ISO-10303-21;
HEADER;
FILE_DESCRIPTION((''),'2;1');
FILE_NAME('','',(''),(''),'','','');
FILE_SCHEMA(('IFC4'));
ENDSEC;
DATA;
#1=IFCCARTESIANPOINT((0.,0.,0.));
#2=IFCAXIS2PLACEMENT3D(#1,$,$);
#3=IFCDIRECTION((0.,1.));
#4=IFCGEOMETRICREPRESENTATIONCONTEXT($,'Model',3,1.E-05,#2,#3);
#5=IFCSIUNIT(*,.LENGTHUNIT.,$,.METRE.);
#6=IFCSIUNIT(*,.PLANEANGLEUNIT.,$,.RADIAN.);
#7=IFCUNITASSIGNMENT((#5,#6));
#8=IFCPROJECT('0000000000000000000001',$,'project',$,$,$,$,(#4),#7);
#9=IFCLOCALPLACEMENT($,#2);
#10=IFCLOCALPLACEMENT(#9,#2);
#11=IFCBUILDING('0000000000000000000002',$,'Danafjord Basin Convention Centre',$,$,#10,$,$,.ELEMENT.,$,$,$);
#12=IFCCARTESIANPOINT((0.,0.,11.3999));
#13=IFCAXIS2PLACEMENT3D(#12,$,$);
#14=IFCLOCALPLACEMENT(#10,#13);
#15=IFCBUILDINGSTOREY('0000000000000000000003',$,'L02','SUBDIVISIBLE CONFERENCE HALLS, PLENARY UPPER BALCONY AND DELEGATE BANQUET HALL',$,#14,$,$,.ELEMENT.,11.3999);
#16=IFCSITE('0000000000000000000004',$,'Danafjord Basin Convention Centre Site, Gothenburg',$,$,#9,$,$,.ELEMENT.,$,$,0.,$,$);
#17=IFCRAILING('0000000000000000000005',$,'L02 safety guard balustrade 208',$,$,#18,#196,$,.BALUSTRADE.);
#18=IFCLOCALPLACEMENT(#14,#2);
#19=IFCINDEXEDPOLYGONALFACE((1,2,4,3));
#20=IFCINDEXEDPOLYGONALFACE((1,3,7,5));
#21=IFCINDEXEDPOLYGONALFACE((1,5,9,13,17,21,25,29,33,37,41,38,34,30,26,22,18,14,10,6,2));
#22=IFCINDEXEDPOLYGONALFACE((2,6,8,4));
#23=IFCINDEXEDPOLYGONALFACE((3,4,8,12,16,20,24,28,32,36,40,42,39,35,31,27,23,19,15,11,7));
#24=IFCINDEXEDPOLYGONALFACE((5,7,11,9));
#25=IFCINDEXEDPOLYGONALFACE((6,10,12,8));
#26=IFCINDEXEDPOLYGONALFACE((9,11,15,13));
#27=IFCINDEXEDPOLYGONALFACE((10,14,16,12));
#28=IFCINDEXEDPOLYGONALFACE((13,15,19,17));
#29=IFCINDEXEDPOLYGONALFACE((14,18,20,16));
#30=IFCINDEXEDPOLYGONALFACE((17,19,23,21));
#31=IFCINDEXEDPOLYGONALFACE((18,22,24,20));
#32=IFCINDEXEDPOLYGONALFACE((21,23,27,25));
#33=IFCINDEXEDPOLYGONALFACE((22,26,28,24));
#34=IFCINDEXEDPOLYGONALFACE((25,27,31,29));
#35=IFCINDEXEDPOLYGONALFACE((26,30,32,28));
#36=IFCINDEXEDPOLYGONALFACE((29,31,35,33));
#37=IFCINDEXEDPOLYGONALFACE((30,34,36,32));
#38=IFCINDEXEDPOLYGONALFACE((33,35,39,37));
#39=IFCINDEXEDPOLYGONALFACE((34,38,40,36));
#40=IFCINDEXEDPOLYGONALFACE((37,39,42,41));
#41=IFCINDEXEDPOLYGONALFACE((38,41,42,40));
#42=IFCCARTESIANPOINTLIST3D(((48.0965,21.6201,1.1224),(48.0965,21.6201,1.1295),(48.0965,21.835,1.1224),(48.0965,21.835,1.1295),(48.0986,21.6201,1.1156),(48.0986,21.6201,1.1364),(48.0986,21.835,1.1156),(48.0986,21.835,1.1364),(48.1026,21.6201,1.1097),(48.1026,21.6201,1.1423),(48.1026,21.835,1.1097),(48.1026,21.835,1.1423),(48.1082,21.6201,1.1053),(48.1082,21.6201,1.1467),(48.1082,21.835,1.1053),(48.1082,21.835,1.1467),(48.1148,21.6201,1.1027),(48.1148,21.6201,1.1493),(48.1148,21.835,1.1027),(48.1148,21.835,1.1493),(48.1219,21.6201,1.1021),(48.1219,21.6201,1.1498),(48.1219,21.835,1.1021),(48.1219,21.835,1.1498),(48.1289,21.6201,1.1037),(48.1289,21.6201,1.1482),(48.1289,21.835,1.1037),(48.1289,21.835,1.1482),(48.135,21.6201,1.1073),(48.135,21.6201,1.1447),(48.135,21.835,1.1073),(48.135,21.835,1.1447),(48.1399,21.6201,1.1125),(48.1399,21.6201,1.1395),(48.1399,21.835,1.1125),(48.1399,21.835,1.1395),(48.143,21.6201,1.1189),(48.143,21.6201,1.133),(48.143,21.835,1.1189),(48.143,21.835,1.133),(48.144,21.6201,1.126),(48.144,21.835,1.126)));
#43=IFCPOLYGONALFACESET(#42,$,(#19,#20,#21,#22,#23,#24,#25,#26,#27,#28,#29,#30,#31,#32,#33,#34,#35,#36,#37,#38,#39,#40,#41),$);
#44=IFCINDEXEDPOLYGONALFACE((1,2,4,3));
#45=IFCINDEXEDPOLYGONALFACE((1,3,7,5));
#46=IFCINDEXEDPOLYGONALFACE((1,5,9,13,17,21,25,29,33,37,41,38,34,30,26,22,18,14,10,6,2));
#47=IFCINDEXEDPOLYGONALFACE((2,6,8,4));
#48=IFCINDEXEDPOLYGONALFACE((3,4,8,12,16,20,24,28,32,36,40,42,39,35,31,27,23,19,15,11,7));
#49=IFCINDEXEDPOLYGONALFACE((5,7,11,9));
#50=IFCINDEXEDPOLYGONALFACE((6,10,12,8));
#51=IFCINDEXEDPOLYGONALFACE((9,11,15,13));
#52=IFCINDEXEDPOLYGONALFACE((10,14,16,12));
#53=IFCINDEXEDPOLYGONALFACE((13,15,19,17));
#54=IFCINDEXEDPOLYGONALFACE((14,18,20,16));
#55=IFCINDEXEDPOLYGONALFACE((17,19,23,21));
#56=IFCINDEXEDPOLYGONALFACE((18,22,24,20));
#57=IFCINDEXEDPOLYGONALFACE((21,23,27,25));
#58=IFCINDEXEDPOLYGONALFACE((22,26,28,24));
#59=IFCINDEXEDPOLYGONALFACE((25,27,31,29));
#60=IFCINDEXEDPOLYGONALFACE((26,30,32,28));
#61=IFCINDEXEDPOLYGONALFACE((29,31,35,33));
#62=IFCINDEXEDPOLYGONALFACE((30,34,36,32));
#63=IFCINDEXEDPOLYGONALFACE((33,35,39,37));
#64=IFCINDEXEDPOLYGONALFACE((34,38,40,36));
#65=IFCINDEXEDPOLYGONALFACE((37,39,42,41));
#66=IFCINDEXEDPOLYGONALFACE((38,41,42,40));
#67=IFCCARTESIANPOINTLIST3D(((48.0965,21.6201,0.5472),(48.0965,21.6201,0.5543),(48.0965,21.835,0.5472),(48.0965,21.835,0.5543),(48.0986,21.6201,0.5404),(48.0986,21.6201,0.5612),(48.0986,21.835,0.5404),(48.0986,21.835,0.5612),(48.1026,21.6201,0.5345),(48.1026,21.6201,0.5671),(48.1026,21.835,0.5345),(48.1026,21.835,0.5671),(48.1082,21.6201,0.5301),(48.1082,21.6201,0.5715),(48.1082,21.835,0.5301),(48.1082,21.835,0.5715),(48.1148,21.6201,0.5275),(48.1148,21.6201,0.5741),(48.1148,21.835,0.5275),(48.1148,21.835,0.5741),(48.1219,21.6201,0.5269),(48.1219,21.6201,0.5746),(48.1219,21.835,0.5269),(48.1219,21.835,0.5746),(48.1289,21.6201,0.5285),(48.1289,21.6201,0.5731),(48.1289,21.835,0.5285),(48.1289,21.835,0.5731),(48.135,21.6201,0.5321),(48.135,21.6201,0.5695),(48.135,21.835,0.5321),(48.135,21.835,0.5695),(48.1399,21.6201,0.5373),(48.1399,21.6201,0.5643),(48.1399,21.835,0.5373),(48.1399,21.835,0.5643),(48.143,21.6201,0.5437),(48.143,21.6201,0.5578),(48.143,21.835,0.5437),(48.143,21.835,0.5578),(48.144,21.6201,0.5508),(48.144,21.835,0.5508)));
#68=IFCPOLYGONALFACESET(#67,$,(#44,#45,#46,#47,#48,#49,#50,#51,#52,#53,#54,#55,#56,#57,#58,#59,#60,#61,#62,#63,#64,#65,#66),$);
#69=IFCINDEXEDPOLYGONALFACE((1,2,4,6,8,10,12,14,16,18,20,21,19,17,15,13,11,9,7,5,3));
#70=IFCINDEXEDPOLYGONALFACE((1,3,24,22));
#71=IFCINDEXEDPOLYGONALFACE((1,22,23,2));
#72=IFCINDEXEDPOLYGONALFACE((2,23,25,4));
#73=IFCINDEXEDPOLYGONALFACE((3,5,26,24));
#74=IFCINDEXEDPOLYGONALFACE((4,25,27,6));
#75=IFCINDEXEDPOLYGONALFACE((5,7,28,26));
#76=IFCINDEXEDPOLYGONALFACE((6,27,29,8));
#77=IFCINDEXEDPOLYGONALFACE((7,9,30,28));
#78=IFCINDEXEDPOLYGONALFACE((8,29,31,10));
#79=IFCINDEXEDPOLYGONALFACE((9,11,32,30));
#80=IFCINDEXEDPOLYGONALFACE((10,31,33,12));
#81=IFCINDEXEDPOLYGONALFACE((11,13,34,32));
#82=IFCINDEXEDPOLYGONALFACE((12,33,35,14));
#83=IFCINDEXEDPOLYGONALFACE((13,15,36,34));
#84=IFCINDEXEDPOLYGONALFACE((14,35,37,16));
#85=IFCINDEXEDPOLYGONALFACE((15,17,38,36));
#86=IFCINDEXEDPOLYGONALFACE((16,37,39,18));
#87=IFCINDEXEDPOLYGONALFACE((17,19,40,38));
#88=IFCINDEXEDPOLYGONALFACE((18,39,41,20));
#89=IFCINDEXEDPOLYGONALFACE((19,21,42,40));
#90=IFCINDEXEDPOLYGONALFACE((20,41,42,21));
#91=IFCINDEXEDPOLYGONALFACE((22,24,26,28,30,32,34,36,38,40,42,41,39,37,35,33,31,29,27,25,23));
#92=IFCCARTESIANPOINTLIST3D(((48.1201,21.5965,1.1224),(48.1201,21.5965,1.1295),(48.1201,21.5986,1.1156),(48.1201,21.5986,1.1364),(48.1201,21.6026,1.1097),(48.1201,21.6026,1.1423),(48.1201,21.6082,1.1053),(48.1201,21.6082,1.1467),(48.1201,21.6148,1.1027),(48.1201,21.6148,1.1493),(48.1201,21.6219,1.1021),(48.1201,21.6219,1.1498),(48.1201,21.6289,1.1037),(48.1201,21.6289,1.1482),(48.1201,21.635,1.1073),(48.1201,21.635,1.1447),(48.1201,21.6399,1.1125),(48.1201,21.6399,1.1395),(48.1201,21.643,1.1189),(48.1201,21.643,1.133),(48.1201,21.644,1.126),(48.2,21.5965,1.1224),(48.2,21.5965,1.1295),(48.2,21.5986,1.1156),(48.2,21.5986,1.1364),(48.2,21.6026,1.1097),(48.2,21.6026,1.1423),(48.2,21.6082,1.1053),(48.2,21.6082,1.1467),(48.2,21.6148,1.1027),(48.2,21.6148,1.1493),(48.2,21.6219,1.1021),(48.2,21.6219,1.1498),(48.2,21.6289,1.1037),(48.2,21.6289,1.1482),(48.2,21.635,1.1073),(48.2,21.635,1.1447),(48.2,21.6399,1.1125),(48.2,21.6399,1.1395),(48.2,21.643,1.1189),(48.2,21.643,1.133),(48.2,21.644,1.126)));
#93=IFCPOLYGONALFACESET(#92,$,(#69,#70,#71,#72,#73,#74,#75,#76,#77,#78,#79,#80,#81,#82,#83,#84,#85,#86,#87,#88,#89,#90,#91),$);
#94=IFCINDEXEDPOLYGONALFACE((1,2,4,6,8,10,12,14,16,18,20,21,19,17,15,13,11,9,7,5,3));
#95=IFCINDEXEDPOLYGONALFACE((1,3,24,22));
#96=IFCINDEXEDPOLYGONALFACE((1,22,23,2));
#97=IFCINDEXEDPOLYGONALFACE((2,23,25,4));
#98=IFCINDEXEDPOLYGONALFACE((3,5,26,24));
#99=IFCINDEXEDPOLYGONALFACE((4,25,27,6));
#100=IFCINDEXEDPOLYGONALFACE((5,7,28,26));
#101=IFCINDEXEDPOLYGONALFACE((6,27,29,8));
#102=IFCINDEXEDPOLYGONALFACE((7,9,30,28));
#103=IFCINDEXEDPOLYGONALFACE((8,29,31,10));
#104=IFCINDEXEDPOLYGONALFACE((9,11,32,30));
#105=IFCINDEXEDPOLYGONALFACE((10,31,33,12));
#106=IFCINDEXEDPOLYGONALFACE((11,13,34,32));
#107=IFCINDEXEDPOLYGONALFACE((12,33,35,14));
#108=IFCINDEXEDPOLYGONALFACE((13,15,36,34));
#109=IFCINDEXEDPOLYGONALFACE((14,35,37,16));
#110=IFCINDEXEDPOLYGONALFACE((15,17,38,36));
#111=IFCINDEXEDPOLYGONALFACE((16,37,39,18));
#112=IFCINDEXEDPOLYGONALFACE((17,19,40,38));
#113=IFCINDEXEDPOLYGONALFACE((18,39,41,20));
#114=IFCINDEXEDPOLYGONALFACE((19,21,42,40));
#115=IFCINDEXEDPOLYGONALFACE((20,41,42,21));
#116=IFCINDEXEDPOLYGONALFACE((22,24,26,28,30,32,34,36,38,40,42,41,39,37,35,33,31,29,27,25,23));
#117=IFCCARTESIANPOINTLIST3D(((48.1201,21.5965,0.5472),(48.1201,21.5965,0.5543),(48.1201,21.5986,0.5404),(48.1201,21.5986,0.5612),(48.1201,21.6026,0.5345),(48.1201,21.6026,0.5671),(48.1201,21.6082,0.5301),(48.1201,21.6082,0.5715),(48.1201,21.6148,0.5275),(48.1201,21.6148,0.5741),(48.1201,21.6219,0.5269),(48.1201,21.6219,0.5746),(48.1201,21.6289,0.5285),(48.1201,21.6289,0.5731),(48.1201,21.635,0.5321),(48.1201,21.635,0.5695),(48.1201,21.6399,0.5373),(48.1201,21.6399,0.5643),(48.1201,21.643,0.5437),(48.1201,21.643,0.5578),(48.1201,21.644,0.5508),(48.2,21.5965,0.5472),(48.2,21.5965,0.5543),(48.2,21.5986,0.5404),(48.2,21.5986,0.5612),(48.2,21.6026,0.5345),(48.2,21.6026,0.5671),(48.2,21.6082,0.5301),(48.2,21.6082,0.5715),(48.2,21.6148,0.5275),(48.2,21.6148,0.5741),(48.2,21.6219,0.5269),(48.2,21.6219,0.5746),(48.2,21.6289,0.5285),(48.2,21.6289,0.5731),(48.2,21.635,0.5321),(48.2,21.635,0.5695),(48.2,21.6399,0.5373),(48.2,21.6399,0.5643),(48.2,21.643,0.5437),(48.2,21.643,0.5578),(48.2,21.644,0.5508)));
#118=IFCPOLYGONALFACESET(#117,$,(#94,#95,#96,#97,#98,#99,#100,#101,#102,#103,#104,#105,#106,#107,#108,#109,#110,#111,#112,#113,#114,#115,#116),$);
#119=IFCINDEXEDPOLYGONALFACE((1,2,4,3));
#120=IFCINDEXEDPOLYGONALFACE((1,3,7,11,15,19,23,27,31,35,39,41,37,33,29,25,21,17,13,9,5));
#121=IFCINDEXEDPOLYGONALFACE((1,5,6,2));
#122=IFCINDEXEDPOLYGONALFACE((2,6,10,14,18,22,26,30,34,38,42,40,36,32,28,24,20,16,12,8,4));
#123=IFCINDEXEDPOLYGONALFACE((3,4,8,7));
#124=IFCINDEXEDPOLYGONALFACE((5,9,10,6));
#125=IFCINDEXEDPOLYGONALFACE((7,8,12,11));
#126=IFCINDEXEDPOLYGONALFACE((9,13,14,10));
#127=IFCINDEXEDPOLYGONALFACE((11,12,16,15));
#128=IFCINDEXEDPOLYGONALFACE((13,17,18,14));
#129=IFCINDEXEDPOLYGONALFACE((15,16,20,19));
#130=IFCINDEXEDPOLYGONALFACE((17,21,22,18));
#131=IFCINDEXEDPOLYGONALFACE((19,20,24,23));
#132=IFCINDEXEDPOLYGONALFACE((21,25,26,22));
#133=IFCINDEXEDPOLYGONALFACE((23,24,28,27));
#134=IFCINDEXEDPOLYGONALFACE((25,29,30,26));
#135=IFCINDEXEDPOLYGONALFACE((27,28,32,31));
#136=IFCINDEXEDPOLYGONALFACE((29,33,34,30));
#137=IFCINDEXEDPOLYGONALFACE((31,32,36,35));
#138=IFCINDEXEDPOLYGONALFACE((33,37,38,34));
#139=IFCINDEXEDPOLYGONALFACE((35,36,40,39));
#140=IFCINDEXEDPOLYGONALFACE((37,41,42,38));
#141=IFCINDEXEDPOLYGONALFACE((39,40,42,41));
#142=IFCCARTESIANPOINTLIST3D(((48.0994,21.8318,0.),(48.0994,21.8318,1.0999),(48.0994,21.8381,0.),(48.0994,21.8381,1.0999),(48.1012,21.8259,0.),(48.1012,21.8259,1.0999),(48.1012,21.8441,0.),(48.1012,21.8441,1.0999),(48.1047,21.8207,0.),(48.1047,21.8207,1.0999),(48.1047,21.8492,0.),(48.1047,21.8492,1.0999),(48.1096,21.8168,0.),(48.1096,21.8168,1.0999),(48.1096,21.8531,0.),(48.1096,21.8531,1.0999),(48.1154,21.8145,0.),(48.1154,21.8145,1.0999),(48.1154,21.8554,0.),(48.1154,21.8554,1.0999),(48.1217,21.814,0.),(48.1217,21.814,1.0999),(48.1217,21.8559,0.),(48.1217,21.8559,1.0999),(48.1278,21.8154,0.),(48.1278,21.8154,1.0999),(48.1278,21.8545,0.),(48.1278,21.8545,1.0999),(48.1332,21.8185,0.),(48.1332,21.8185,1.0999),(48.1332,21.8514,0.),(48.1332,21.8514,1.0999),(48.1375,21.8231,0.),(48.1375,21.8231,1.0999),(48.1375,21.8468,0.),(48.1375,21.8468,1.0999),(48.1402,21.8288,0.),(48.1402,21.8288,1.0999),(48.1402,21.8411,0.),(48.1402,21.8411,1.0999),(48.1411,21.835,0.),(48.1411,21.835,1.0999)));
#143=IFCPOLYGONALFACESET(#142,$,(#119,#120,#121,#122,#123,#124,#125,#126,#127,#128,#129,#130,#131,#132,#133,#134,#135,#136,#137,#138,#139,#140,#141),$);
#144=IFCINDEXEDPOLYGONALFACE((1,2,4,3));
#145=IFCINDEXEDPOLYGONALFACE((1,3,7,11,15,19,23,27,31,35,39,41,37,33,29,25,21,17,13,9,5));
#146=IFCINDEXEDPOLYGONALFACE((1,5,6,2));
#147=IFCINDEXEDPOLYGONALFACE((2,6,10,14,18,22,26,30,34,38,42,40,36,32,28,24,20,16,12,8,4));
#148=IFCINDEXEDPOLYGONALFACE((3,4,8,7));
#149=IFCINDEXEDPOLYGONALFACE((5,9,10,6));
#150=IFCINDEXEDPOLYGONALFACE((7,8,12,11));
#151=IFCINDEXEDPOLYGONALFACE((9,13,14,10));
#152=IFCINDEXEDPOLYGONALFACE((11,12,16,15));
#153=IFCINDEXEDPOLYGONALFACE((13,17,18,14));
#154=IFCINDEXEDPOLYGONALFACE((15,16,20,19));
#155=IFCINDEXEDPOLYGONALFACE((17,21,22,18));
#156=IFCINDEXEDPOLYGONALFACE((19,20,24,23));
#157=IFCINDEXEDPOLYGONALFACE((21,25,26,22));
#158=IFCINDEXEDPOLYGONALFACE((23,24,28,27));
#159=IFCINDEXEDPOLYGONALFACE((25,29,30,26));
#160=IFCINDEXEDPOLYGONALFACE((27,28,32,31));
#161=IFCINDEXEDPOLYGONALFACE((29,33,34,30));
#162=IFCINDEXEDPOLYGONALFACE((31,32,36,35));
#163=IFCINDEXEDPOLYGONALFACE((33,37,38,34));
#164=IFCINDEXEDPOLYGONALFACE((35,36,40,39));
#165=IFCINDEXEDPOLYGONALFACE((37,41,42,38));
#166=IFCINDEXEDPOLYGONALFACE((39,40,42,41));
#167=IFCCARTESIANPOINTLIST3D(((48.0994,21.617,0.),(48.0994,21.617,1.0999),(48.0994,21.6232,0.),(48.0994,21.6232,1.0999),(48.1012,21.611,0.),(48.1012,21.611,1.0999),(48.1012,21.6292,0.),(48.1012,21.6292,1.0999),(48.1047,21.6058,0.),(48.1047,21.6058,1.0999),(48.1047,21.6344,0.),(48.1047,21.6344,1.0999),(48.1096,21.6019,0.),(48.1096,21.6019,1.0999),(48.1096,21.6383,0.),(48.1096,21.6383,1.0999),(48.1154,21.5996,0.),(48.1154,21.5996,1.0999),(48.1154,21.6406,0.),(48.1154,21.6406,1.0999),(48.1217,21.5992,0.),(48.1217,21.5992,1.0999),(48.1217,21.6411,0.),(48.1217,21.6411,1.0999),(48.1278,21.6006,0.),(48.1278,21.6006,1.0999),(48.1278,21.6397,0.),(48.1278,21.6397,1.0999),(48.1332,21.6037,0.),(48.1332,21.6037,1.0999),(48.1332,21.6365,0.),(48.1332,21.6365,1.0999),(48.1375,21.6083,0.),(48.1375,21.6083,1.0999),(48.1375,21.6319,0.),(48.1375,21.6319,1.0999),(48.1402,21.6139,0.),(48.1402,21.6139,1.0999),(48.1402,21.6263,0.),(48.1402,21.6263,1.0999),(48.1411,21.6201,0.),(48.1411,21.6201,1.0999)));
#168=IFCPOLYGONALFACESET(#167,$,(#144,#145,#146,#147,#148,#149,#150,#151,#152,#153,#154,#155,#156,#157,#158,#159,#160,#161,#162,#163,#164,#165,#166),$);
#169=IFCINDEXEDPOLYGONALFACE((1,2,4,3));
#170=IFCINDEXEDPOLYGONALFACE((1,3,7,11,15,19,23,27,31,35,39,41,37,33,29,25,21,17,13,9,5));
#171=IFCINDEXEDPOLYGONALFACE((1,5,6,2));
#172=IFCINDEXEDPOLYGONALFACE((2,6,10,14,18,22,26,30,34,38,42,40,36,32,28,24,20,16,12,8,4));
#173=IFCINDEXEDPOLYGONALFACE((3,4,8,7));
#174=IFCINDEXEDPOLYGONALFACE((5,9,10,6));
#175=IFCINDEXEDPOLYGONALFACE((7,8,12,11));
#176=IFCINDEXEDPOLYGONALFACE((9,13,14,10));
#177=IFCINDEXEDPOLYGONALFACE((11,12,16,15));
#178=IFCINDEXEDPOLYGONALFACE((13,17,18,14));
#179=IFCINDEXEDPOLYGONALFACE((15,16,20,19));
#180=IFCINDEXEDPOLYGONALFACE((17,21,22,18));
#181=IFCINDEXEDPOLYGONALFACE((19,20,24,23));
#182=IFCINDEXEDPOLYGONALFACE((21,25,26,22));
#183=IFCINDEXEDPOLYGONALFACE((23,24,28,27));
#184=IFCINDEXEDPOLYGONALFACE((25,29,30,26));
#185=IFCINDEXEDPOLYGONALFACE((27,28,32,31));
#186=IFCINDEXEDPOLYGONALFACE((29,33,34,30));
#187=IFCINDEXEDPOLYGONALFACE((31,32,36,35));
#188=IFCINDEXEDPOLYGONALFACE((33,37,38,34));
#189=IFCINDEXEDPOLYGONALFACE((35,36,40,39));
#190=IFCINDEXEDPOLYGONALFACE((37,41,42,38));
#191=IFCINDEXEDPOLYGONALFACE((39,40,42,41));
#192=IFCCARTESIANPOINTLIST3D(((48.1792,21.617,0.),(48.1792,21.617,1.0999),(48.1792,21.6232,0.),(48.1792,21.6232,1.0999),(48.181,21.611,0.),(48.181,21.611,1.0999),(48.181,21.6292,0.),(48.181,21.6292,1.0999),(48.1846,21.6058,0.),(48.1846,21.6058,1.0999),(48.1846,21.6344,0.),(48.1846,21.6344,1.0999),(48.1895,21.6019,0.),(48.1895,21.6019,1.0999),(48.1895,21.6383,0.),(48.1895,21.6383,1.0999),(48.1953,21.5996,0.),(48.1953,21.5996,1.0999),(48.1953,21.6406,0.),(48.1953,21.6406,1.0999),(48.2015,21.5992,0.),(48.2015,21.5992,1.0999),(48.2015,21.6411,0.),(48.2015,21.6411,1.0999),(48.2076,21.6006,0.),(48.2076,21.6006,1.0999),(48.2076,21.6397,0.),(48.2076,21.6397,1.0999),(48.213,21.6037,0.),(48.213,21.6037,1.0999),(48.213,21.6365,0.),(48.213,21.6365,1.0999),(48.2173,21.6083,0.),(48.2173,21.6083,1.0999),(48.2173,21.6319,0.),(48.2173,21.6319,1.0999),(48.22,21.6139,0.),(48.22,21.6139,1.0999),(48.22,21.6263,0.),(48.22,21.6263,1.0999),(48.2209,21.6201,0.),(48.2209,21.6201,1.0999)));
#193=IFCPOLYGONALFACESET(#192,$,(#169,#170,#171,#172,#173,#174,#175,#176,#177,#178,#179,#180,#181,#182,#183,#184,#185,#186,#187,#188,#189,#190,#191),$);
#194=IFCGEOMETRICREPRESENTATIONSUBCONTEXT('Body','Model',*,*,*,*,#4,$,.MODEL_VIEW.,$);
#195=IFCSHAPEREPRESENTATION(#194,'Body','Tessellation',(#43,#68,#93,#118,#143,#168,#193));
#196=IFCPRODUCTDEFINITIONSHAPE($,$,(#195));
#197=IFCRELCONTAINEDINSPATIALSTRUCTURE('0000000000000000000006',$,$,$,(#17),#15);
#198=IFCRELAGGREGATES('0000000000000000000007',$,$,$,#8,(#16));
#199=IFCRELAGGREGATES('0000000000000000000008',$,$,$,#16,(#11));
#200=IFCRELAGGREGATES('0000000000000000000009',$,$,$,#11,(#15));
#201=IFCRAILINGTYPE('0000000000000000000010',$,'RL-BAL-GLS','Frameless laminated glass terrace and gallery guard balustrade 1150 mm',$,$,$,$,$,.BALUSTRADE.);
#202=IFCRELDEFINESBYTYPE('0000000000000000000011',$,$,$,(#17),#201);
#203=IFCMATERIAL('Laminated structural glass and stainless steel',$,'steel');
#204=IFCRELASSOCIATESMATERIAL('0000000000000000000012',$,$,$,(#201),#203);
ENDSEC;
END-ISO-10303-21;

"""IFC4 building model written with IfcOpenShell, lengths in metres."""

from ifc_helpers import new_model, si_unit, direction, frame, origin, origin_2d, place, context, subcontext, project, spatial, circle, extrude, material, type_object, element, save


model = new_model("IFC4")

# Units and contexts
model_context = context("Model", 3, precision=1e-05, world=origin(), true_north=direction((0.0, 1.0)))
body_context = subcontext(model_context, "Body", "Model", "MODEL_VIEW")
ifc_project = project(units=[si_unit("LENGTHUNIT", "METRE"), si_unit("PLANEANGLEUNIT", "RADIAN")], contexts=[model_context])

# Site, building, storey
site_placement = place(None, origin())
site = spatial("IfcSite", under=ifc_project, at=site_placement, Name="Danafjord Basin Convention Centre Site, Gothenburg", CompositionType="ELEMENT", RefElevation=0.0)
building_placement = place(site_placement, origin())
building = spatial("IfcBuilding", under=site, at=building_placement, Name="Danafjord Basin Convention Centre", CompositionType="ELEMENT")
storey_placement = place(building_placement, frame((0.0, 0.0, 11.3999)))
storey = spatial("IfcBuildingStorey", under=building, at=storey_placement, Name="L02", Description="SUBDIVISIBLE CONFERENCE HALLS, PLENARY UPPER BALCONY AND DELEGATE BANQUET HALL", CompositionType="ELEMENT", Elevation=11.3999)

# Railing
ifc_material_1 = material(Name="Laminated structural glass and stainless steel", Category="steel")
railing_type_1 = type_object("IfcRailingType", Name="RL-BAL-GLS", Description="Frameless laminated glass terrace and gallery guard balustrade 1150 mm", PredefinedType="BALUSTRADE", material=ifc_material_1)
railing_1_placement = place(storey_placement, frame((48.1201, 21.835, 0.0)))
element("IfcRailing", 1, at=railing_1_placement, inside=storey, type_object=railing_type_1, Name="L02 safety guard balustrade 208", PredefinedType="BALUSTRADE", context=body_context, shape_type="SweptSolid", body=[
    extrude(circle(Radius=0.0239, at=origin_2d()), frame((0.0, 0.0, 1.126), z_axis=(0.0, -1.0, 0.0), x_axis=(1.0, 0.0, 0.0)), (0.0, 0.0, 1.0), 0.2148),
    extrude(circle(Radius=0.0239, at=origin_2d()), frame((0.0, 0.0, 0.5508), z_axis=(0.0, -1.0, 0.0), x_axis=(1.0, 0.0, 0.0)), (0.0, 0.0, 1.0), 0.2148),
    extrude(circle(Radius=0.0239, at=origin_2d()), frame((0.0, -0.2148, 1.126), z_axis=(1.0, 0.0, 0.0), x_axis=(0.0, 1.0, 0.0)), (0.0, 0.0, 1.0), 0.0798),
    extrude(circle(Radius=0.0239, at=origin_2d()), frame((0.0, -0.2148, 0.5508), z_axis=(1.0, 0.0, 0.0), x_axis=(0.0, 1.0, 0.0)), (0.0, 0.0, 1.0), 0.0798),
    extrude(circle(Radius=0.021, at=origin_2d()), origin(), (0.0, 0.0, 1.0), 1.0999),
    extrude(circle(Radius=0.021, at=origin_2d()), frame((0.0, -0.2148, 0.0)), (0.0, 0.0, 1.0), 1.0999),
    extrude(circle(Radius=0.021, at=origin_2d()), frame((0.0798, -0.2148, 0.0)), (0.0, 0.0, 1.0), 1.0999),
])

save(model, "model.ifc")
